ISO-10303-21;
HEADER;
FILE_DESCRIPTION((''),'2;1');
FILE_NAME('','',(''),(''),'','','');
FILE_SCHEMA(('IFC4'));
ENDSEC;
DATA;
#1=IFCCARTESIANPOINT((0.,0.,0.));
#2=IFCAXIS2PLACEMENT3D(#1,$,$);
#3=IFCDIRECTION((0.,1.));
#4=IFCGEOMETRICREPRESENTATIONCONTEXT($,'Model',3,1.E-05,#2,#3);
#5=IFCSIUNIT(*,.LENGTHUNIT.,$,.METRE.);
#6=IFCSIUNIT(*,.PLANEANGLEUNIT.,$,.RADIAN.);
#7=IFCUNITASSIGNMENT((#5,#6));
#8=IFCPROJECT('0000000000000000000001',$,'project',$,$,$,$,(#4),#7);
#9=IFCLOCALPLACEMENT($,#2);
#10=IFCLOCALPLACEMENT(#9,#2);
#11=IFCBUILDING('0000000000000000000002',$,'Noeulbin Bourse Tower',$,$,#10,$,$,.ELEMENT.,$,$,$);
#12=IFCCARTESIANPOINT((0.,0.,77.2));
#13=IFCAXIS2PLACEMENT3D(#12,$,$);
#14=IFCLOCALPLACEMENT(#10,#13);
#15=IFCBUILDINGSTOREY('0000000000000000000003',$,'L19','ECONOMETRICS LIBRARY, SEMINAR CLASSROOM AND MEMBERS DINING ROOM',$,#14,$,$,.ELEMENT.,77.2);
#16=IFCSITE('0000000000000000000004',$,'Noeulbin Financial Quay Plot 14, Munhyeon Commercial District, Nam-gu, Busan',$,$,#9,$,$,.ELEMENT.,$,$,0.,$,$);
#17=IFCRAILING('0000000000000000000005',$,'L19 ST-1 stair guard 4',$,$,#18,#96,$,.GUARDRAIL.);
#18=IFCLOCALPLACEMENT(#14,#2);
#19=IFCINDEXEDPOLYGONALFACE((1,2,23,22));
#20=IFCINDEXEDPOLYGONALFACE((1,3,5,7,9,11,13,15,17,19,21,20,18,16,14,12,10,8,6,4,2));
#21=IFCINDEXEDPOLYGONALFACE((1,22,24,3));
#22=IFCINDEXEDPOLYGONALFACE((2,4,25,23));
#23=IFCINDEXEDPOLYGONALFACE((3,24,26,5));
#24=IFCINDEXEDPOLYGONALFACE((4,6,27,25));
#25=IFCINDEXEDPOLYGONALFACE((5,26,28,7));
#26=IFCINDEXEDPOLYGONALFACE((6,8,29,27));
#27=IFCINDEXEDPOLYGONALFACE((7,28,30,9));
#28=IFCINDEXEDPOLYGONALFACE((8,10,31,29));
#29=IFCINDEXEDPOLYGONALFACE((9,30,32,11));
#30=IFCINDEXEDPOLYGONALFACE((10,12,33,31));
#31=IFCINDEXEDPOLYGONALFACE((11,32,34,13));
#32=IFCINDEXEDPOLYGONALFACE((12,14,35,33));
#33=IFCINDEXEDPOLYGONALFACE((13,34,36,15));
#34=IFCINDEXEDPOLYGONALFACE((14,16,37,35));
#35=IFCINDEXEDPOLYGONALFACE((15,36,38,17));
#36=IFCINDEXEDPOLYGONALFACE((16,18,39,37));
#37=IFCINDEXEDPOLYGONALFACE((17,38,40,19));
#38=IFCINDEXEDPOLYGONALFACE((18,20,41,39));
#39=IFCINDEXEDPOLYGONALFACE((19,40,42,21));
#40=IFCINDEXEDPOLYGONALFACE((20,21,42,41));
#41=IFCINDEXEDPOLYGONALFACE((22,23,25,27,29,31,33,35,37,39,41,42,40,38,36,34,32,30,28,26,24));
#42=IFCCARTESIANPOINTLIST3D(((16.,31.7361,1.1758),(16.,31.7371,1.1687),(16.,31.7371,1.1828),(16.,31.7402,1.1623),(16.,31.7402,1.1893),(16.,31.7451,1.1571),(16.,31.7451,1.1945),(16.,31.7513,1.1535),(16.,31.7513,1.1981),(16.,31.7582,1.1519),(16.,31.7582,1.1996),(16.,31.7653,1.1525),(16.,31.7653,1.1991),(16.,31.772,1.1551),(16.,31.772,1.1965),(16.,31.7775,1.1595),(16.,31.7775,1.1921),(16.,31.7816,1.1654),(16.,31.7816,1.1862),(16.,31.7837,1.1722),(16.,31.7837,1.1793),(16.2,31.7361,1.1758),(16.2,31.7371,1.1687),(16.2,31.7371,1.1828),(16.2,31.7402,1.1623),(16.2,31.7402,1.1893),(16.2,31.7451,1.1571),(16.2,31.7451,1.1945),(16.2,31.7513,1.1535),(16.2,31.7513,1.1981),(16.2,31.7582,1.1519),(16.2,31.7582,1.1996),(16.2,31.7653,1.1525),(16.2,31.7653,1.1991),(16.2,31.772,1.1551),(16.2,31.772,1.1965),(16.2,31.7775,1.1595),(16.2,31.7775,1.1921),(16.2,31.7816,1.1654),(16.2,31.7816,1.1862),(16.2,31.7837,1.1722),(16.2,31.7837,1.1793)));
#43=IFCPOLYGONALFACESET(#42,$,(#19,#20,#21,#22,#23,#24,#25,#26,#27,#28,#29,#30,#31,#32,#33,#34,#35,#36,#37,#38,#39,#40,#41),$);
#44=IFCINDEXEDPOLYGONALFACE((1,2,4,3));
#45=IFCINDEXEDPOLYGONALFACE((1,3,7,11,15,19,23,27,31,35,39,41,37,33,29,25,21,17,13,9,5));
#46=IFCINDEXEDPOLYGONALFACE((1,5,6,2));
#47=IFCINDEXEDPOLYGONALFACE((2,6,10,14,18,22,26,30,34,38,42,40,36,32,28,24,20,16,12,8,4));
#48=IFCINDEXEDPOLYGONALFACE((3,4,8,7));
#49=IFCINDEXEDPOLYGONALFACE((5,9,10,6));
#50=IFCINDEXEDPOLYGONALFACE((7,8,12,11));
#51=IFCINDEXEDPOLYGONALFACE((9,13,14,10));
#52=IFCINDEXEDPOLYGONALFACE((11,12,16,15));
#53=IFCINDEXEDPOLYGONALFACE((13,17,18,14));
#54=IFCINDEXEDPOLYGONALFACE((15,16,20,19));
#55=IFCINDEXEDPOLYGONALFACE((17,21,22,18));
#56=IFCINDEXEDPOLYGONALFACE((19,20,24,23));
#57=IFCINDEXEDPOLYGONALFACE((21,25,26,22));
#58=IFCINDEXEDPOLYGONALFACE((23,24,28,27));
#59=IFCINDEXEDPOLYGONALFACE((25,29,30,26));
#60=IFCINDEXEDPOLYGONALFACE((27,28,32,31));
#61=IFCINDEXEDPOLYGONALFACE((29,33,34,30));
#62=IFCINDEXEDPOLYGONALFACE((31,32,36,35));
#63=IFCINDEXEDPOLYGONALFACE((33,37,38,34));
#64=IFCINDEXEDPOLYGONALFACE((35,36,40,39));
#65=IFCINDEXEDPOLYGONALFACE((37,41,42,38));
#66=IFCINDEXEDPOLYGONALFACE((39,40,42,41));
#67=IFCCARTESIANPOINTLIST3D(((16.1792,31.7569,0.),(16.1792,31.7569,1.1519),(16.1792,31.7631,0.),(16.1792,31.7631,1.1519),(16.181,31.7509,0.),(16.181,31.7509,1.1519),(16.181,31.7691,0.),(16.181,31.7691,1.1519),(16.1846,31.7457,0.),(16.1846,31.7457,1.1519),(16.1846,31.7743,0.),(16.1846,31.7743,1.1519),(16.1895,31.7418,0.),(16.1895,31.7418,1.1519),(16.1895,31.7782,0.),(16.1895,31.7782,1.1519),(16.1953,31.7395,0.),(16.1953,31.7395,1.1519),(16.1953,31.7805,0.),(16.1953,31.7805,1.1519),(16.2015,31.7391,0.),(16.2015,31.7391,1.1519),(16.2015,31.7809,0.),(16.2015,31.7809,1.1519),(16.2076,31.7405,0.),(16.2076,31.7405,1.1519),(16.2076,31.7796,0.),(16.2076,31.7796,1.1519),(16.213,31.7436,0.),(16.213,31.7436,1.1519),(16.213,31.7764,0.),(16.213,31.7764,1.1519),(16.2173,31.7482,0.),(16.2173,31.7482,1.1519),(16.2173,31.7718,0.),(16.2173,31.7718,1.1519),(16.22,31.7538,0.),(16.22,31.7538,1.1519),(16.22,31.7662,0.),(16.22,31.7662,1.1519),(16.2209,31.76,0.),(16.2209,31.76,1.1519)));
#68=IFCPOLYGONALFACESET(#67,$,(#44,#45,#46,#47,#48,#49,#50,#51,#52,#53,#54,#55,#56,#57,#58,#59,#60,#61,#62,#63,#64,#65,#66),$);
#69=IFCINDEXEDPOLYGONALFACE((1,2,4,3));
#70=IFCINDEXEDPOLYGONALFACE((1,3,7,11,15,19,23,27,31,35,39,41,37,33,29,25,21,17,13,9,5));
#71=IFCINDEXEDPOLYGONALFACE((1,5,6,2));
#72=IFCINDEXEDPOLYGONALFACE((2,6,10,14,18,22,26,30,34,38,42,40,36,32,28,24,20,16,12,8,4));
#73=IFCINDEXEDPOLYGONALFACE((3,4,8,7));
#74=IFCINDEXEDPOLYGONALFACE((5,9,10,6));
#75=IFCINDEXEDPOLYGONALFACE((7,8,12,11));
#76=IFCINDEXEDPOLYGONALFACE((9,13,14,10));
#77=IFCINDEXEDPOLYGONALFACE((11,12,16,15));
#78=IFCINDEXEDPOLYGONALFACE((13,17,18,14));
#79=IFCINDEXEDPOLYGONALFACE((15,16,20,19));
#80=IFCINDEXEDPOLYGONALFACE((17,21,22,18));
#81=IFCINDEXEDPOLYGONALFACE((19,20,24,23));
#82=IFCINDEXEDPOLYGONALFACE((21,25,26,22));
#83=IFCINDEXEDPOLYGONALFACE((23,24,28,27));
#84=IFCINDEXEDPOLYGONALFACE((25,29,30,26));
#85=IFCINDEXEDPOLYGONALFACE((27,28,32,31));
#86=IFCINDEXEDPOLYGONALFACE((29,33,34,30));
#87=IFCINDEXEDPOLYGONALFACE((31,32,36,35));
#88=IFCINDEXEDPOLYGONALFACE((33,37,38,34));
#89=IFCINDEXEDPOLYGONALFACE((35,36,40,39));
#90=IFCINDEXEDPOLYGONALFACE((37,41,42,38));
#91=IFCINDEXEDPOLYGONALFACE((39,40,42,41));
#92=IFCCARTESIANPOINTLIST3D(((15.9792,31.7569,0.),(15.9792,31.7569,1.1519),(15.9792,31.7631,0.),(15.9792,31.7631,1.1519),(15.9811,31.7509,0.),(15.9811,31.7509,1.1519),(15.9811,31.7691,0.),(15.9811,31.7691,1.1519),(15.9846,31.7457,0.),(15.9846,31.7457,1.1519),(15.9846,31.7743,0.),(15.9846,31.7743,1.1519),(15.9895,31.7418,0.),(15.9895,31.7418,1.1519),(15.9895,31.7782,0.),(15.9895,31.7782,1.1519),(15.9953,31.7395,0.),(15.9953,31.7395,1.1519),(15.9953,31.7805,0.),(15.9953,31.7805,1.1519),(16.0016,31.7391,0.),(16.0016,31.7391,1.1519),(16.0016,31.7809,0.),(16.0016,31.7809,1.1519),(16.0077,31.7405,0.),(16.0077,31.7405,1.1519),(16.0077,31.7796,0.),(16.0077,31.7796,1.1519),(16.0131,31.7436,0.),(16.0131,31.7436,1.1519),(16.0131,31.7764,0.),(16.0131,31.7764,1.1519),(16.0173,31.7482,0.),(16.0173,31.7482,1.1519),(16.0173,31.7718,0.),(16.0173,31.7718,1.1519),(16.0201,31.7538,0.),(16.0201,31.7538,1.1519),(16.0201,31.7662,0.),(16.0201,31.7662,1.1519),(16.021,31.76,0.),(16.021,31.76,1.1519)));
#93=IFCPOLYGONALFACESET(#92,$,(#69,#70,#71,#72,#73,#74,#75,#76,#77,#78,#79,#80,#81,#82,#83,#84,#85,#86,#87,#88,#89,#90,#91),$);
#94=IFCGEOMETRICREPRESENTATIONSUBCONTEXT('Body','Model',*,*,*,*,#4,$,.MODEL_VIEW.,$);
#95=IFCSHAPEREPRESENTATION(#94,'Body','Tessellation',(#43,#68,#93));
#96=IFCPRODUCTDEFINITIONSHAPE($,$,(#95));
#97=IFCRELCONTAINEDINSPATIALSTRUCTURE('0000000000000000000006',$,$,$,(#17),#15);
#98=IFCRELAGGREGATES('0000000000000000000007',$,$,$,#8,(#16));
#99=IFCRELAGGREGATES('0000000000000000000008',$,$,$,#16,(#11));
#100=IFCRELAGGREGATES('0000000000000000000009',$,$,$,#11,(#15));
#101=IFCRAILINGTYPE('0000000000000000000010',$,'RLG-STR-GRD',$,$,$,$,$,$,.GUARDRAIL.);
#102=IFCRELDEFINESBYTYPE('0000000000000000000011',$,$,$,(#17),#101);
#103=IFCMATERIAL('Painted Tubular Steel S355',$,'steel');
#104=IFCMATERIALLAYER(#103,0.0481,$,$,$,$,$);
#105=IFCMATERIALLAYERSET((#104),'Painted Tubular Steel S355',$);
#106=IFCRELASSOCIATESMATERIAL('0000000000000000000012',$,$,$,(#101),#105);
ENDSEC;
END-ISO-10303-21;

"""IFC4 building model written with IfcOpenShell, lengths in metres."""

from ifc_helpers import new_model, si_unit, direction, frame, origin, origin_2d, place, context, subcontext, project, spatial, circle, extrude, material, layer, layer_set, type_object, element, save


model = new_model("IFC4")

# Units and contexts
model_context = context("Model", 3, precision=1e-05, world=origin(), true_north=direction((0.0, 1.0)))
body_context = subcontext(model_context, "Body", "Model", "MODEL_VIEW")
ifc_project = project(units=[si_unit("LENGTHUNIT", "METRE"), si_unit("PLANEANGLEUNIT", "RADIAN")], contexts=[model_context])

# Site, building, storey
site_placement = place(None, origin())
site = spatial("IfcSite", under=ifc_project, at=site_placement, Name="Noeulbin Financial Quay Plot 14, Munhyeon Commercial District, Nam-gu, Busan", CompositionType="ELEMENT", RefElevation=0.0)
building_placement = place(site_placement, origin())
building = spatial("IfcBuilding", under=site, at=building_placement, Name="Noeulbin Bourse Tower", CompositionType="ELEMENT")
storey_placement = place(building_placement, frame((0.0, 0.0, 77.2)))
storey = spatial("IfcBuildingStorey", under=building, at=storey_placement, Name="L19", Description="ECONOMETRICS LIBRARY, SEMINAR CLASSROOM AND MEMBERS DINING ROOM", CompositionType="ELEMENT", Elevation=77.2)

# Railing
ifc_material_1 = material(Name="Painted Tubular Steel S355", Category="steel")
ifc_layer_1 = layer(ifc_material_1, 0.0481)
ifc_layer_set_1 = layer_set([ifc_layer_1], Name="Painted Tubular Steel S355")
railing_type_1 = type_object("IfcRailingType", Name="RLG-STR-GRD", PredefinedType="GUARDRAIL", material=ifc_layer_set_1)
railing_1_placement = place(storey_placement, frame((16.2, 31.76, 0.0)))
element("IfcRailing", 1, at=railing_1_placement, inside=storey, type_object=railing_type_1, Name="L19 ST-1 stair guard 4", PredefinedType="GUARDRAIL", context=body_context, shape_type="SweptSolid", body=[
    extrude(circle(Radius=0.0239, at=origin_2d()), frame((0.0, 0.0, 1.1758), z_axis=(-1.0, 0.0, 0.0), x_axis=(0.0, -1.0, 0.0)), (0.0, 0.0, 1.0), 0.2),
    extrude(circle(Radius=0.021, at=origin_2d()), origin(), (0.0, 0.0, 1.0), 1.1519),
    extrude(circle(Radius=0.021, at=origin_2d()), frame((-0.2, 0.0, 0.0)), (0.0, 0.0, 1.0), 1.1519),
])

save(model, "model.ifc")
